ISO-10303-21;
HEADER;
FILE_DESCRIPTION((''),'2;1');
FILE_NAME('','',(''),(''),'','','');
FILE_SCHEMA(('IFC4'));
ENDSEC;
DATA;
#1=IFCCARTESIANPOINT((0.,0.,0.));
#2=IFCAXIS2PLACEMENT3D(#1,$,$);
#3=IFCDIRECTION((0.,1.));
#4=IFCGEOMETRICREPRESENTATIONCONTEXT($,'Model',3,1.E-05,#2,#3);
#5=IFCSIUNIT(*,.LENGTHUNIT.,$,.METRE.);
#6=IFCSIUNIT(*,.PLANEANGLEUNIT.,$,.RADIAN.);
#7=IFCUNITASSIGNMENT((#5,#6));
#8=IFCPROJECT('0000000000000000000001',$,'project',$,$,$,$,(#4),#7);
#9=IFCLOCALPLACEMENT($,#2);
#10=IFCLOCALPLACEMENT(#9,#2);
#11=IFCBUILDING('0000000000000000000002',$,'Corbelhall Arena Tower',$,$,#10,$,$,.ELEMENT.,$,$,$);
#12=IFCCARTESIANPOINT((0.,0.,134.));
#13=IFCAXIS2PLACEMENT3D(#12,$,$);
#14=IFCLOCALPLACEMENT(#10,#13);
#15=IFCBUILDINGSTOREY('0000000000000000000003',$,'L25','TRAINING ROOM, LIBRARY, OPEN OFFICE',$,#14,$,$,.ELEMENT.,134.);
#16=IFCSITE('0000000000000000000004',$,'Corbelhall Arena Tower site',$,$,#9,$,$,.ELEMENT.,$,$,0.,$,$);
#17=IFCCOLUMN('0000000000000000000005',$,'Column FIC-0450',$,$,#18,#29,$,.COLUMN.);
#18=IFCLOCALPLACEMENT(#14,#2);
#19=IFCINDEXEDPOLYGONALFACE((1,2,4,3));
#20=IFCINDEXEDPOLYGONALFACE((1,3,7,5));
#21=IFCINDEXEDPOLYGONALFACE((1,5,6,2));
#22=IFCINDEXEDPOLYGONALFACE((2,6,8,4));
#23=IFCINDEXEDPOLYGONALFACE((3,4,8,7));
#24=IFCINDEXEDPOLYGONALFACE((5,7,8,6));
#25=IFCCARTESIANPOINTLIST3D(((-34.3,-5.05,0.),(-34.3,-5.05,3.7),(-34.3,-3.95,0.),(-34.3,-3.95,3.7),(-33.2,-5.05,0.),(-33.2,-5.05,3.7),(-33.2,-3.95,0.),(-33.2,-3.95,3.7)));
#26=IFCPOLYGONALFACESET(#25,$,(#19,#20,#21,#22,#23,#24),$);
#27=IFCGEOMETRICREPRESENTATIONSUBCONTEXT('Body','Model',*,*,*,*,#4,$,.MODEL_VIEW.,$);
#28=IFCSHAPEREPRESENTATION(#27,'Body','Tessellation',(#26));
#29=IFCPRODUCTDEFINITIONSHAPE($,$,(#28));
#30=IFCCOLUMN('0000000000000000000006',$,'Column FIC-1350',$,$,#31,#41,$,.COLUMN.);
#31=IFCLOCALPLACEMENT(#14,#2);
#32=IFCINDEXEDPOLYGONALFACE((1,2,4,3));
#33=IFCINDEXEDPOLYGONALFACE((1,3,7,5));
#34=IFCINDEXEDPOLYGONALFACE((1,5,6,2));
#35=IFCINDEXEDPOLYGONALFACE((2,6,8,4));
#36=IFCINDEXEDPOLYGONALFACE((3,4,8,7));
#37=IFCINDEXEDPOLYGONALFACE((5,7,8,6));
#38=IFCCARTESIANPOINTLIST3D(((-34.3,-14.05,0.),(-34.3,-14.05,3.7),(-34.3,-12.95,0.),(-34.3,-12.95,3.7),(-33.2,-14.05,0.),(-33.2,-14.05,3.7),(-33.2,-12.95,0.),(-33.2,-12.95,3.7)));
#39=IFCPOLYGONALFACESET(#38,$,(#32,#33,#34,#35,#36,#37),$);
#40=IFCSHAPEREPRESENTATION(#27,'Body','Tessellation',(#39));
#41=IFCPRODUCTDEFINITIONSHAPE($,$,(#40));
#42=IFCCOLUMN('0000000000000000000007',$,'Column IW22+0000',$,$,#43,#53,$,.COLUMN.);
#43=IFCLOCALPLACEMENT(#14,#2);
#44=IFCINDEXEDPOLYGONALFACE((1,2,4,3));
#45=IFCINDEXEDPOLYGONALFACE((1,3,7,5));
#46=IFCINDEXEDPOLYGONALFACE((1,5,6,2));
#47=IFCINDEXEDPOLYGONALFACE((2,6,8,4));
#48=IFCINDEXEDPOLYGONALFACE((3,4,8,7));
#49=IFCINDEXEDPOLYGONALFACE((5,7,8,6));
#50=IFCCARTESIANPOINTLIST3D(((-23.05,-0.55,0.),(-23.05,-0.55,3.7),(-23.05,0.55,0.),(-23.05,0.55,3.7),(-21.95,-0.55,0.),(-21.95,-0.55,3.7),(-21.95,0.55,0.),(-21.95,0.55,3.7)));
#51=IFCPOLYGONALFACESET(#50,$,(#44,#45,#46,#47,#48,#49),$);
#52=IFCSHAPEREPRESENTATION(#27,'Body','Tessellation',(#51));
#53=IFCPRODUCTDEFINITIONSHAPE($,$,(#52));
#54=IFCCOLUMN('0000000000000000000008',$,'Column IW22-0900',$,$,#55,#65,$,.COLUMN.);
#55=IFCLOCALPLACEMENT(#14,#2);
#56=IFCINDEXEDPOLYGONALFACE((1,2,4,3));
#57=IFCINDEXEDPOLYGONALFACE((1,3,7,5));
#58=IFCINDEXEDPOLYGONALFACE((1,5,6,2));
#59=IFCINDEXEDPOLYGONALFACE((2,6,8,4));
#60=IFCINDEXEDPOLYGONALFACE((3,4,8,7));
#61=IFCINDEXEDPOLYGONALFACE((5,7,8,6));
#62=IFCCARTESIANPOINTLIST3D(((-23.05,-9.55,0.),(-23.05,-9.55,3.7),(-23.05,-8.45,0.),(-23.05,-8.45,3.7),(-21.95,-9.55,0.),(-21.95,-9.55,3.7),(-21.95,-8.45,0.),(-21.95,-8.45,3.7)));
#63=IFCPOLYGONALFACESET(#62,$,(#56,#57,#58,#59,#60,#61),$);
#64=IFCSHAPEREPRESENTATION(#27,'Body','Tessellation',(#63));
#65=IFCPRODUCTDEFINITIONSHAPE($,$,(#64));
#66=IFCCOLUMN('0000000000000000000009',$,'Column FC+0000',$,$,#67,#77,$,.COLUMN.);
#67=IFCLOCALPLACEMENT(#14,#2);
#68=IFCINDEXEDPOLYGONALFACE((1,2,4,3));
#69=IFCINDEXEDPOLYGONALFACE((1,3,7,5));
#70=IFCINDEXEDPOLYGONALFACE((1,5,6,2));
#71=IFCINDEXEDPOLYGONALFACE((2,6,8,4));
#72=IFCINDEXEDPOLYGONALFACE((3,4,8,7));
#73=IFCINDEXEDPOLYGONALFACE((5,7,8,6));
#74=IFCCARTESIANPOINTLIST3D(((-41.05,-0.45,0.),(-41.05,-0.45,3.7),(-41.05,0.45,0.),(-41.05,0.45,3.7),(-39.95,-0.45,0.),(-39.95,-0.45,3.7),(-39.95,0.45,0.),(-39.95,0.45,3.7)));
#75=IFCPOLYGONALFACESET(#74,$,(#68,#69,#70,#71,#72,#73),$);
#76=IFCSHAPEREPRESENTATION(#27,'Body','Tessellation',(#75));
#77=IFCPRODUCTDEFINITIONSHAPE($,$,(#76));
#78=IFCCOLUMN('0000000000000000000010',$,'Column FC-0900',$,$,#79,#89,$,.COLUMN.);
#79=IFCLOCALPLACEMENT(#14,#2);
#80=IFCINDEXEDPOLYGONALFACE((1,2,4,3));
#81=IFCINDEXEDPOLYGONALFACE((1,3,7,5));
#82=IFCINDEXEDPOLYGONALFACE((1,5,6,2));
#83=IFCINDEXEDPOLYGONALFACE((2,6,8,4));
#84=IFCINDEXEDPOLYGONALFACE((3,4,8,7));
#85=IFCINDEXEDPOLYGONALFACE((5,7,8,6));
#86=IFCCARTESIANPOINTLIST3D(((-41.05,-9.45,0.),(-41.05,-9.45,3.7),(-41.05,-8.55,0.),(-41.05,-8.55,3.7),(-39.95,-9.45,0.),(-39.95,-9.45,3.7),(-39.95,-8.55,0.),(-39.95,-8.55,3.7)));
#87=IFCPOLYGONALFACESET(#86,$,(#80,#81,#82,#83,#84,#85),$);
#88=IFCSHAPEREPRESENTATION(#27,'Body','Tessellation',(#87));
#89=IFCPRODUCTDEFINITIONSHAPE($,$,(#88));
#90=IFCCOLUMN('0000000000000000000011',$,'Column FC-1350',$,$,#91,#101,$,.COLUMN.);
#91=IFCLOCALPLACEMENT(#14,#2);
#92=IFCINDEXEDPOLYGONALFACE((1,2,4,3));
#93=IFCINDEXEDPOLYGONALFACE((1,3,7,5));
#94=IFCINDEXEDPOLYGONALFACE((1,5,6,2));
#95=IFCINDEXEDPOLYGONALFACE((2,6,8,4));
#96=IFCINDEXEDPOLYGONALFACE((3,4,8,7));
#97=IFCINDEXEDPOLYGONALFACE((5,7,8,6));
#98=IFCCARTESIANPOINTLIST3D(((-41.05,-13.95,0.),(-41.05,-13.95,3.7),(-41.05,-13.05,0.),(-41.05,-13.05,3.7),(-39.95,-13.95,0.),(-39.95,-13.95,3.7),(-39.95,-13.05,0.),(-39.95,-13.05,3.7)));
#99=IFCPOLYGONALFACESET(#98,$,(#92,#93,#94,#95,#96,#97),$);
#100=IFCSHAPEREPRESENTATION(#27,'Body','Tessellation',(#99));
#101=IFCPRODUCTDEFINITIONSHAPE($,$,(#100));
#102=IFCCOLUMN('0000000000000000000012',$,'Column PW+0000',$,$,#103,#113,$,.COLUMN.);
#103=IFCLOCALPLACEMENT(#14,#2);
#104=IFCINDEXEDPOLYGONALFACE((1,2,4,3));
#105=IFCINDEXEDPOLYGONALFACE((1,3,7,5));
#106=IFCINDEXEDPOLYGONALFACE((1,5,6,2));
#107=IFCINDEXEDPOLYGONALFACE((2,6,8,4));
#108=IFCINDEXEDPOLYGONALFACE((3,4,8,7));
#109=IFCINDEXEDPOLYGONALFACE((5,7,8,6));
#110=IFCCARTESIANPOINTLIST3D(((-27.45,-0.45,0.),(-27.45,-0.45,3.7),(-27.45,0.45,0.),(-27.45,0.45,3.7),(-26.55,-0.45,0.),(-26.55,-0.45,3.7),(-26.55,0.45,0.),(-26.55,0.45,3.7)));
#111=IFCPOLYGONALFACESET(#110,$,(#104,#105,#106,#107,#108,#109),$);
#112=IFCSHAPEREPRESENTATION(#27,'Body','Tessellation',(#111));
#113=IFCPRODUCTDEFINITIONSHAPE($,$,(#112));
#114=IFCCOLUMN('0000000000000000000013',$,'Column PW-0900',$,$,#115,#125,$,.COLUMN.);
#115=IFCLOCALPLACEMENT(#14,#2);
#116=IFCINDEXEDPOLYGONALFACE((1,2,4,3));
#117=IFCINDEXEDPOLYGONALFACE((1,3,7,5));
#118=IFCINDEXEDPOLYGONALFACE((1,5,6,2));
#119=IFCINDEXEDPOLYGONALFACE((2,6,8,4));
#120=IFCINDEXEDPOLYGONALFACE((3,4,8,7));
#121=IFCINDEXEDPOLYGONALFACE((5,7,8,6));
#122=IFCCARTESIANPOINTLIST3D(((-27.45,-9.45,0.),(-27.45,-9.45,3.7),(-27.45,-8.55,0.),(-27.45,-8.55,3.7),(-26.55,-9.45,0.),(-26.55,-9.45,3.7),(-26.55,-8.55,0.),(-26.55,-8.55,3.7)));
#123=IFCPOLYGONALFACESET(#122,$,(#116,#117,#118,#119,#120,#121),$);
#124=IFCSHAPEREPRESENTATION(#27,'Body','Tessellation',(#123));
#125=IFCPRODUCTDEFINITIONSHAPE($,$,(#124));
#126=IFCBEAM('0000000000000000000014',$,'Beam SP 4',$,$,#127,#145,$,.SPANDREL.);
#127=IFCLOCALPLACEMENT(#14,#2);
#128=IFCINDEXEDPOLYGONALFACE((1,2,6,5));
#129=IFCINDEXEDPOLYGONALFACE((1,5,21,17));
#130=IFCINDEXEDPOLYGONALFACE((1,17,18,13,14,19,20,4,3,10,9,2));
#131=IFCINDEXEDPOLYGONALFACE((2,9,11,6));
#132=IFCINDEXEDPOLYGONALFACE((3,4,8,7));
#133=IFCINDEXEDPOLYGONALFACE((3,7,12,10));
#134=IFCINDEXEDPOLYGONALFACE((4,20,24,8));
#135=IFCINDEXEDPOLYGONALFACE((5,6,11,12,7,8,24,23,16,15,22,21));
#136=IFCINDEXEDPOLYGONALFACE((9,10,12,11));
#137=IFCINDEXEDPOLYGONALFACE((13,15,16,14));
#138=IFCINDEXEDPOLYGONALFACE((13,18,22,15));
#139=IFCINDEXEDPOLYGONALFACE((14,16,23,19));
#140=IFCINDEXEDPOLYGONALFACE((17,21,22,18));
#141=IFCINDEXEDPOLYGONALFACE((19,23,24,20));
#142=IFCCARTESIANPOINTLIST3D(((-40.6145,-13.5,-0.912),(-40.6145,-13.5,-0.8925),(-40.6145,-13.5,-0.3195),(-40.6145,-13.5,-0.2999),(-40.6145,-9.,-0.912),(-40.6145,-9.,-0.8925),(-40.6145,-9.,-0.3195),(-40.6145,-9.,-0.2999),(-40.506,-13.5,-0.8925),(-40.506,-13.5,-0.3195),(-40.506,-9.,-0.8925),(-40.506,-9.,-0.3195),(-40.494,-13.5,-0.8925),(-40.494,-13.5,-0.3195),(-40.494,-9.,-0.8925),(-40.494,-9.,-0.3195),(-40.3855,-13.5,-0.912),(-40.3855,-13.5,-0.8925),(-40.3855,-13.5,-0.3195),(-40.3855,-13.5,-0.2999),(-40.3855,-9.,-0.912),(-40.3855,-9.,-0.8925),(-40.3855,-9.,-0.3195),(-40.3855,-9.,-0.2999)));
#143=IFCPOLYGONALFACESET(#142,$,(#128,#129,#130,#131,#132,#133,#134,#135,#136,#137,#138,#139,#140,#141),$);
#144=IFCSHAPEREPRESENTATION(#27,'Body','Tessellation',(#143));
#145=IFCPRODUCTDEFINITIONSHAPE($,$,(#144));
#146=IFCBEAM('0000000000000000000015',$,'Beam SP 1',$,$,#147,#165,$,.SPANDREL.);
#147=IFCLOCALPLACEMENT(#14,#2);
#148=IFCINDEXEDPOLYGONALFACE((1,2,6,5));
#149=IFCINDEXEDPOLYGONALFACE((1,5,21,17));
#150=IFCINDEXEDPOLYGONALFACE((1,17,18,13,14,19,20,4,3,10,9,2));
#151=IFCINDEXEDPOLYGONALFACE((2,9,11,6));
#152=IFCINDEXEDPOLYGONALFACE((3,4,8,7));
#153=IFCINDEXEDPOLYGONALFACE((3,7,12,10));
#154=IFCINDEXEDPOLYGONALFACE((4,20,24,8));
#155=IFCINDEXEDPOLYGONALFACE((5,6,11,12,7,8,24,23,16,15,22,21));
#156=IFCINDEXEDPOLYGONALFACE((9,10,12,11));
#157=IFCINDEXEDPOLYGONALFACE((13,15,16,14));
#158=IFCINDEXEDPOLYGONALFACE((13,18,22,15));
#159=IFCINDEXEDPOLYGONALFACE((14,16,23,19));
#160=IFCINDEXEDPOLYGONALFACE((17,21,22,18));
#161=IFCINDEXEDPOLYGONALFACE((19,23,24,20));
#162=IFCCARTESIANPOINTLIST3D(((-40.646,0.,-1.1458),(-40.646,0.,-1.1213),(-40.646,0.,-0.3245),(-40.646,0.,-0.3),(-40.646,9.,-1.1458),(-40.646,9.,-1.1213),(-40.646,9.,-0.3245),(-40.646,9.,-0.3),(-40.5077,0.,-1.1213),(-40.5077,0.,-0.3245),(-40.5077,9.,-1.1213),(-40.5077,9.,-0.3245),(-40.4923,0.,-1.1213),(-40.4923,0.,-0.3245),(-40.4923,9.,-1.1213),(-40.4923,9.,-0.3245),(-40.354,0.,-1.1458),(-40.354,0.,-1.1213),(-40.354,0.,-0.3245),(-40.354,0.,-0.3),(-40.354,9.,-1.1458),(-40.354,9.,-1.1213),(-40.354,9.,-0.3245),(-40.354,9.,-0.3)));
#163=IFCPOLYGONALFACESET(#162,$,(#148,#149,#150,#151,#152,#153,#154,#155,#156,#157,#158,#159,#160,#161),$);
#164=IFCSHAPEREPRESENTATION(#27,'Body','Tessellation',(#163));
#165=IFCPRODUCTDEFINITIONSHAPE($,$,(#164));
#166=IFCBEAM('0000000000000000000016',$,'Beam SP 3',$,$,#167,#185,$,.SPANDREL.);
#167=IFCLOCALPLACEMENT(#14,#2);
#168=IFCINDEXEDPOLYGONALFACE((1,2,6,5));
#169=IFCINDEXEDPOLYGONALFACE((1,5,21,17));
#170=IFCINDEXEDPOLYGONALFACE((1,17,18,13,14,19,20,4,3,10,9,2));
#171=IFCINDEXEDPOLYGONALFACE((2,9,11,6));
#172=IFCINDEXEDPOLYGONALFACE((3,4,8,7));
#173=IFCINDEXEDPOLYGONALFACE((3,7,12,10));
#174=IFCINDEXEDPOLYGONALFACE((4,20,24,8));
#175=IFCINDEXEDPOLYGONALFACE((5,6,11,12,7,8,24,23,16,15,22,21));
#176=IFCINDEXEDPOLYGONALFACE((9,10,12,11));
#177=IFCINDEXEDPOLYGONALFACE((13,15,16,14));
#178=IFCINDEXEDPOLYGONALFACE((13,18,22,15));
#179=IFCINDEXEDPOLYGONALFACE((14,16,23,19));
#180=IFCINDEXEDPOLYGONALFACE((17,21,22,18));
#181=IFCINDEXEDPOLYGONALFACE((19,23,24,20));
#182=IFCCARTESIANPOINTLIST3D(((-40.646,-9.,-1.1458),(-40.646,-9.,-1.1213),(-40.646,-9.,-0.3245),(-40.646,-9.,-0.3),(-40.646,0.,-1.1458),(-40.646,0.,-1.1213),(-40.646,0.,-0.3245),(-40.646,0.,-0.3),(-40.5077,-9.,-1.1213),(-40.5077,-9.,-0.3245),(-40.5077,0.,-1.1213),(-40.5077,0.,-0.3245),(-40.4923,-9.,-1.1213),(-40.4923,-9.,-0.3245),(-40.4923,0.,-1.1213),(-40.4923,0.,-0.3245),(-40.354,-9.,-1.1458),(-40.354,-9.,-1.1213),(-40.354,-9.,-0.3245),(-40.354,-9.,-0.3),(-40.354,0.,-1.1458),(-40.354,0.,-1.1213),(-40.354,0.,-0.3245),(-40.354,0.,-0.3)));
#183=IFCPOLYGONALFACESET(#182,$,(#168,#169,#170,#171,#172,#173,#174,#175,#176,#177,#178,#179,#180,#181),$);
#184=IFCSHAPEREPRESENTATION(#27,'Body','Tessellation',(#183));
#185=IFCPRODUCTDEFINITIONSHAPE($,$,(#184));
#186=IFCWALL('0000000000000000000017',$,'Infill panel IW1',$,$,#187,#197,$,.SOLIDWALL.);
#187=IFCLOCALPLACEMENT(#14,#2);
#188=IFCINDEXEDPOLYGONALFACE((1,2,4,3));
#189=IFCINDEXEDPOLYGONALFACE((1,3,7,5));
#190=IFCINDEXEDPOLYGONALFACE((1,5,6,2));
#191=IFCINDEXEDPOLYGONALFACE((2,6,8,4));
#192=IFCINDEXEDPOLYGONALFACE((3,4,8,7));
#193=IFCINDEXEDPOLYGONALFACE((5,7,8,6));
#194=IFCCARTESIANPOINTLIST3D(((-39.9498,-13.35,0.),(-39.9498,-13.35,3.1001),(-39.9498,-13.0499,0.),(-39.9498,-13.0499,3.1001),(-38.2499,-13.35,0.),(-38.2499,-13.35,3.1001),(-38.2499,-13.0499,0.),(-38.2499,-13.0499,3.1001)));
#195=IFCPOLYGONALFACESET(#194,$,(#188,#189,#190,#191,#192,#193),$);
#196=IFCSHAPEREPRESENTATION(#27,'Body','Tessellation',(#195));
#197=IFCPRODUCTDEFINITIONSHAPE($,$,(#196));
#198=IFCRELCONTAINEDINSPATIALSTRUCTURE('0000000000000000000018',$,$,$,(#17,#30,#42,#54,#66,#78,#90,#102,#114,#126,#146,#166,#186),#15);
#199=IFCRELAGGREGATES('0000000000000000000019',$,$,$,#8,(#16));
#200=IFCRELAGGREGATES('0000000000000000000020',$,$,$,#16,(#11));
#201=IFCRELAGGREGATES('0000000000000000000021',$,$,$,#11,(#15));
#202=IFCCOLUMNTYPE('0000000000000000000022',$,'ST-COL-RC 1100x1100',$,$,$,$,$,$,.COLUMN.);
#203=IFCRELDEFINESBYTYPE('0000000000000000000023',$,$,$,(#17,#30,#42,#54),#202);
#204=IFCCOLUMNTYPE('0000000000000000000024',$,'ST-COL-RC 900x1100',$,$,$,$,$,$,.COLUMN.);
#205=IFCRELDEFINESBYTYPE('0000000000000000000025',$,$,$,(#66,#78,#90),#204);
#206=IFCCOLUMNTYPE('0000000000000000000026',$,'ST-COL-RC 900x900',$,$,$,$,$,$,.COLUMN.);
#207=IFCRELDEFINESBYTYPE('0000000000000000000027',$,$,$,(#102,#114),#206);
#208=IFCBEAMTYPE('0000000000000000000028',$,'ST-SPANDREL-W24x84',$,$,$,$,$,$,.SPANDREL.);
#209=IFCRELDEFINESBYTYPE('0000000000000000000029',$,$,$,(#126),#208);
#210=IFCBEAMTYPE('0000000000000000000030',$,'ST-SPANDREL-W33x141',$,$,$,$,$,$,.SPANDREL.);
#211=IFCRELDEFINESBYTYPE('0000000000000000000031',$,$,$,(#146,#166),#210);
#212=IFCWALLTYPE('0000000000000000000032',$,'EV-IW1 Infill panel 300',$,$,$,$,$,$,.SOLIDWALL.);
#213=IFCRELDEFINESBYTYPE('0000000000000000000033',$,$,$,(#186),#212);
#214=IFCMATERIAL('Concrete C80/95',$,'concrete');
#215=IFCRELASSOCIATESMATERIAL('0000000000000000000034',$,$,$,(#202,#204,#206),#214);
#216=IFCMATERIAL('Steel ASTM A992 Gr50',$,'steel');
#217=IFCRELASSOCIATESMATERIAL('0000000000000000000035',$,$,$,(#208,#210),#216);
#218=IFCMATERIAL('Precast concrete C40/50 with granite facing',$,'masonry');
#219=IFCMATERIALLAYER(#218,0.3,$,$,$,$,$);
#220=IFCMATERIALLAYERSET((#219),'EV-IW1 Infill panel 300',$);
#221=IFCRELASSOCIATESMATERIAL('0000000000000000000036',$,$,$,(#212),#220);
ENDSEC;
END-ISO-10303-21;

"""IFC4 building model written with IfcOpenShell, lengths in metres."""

from ifc_helpers import new_model, si_unit, direction, frame, frame_2d, origin, origin_2d, place, context, subcontext, project, spatial, rectangle, i_section, extrude, material, layer, layer_set, material_profile, profile_set, type_object, element, save


model = new_model("IFC4")

# Units and contexts
model_context = context("Model", 3, precision=1e-05, world=origin(), true_north=direction((0.0, 1.0)))
body_context = subcontext(model_context, "Body", "Model", "MODEL_VIEW")
ifc_project = project(units=[si_unit("LENGTHUNIT", "METRE"), si_unit("PLANEANGLEUNIT", "RADIAN")], contexts=[model_context])

# Site, building, storey
site_placement = place(None, origin())
site = spatial("IfcSite", under=ifc_project, at=site_placement, Name="Corbelhall Arena Tower site", CompositionType="ELEMENT", RefElevation=0.0)
building_placement = place(site_placement, origin())
building = spatial("IfcBuilding", under=site, at=building_placement, Name="Corbelhall Arena Tower", CompositionType="ELEMENT")
storey_placement = place(building_placement, frame((0.0, 0.0, 134.0)))
storey = spatial("IfcBuildingStorey", under=building, at=storey_placement, Name="L25", Description="TRAINING ROOM, LIBRARY, OPEN OFFICE", CompositionType="ELEMENT", Elevation=134.0)

# Columns
ifc_material_1 = material(Name="Concrete C80/95", Category="concrete")
ifc_material_profile_1 = material_profile(ifc_material_1, rectangle(XDim=1.1001, YDim=1.1001, at=origin_2d()))
ifc_profile_set_1 = profile_set([ifc_material_profile_1], Name="Concrete C80/95")
column_type_1 = type_object("IfcColumnType", Name="ST-COL-RC 1100x1100", PredefinedType="COLUMN", material=ifc_profile_set_1)
for number, where, z_axis, x_axis, name in (
    (1, (-33.75, -4.5, 0.0), (0.0, 0.0, 1.0), (1.0, 0.0, 0.0), "Column FIC-0450"),
    (2, (-33.75, -13.5, 0.0), (0.0, 0.0, 1.0), (1.0, 0.0, 0.0), "Column FIC-1350"),
    (3, (-22.5, 0.0, 0.0), (0.0, 0.0, 1.0), (1.0, 0.0, 0.0), "Column IW22+0000"),
    (4, (-22.5, -9.0, 0.0), (0.0, 0.0, 1.0), (1.0, 0.0, 0.0), "Column IW22-0900"),
):
    element("IfcColumn", number, at=place(storey_placement, frame(where, z_axis=z_axis, x_axis=x_axis)), inside=storey, type_object=column_type_1, Name=name, PredefinedType="COLUMN", context=body_context, shape_type="SweptSolid", body=[
        extrude(rectangle(XDim=1.1001, YDim=1.1001, at=origin_2d()), origin(), (0.0, 0.0, 1.0), 3.7),
    ])
ifc_material_profile_2 = material_profile(ifc_material_1, rectangle(XDim=0.8999, YDim=1.1001, at=origin_2d()))
ifc_profile_set_2 = profile_set([ifc_material_profile_2], Name="Concrete C80/95")
column_type_2 = type_object("IfcColumnType", Name="ST-COL-RC 900x1100", PredefinedType="COLUMN", material=ifc_profile_set_2)
for number, where, z_axis, x_axis, name in (
    (5, (-40.5, 0.0, 0.0), (0.0, 0.0, 1.0), (0.0, 1.0, 0.0), "Column FC+0000"),
    (6, (-40.5, -9.0, 0.0), (0.0, 0.0, 1.0), (0.0, 1.0, 0.0), "Column FC-0900"),
    (7, (-40.5, -13.5, 0.0), (0.0, 0.0, 1.0), (0.0, 1.0, 0.0), "Column FC-1350"),
):
    element("IfcColumn", number, at=place(storey_placement, frame(where, z_axis=z_axis, x_axis=x_axis)), inside=storey, type_object=column_type_2, Name=name, PredefinedType="COLUMN", context=body_context, shape_type="SweptSolid", body=[
        extrude(rectangle(XDim=0.8999, YDim=1.1001, at=origin_2d()), origin(), (0.0, 0.0, 1.0), 3.7),
    ])
ifc_material_profile_3 = material_profile(ifc_material_1, rectangle(XDim=0.8999, YDim=0.8999, at=origin_2d()))
ifc_profile_set_3 = profile_set([ifc_material_profile_3], Name="Concrete C80/95")
column_type_3 = type_object("IfcColumnType", Name="ST-COL-RC 900x900", PredefinedType="COLUMN", material=ifc_profile_set_3)
for number, where, z_axis, x_axis, name in (
    (8, (-27.0, 0.0, 0.0), (0.0, 0.0, 1.0), (1.0, 0.0, 0.0), "Column PW+0000"),
    (9, (-27.0, -9.0, 0.0), (0.0, 0.0, 1.0), (1.0, 0.0, 0.0), "Column PW-0900"),
):
    element("IfcColumn", number, at=place(storey_placement, frame(where, z_axis=z_axis, x_axis=x_axis)), inside=storey, type_object=column_type_3, Name=name, PredefinedType="COLUMN", context=body_context, shape_type="SweptSolid", body=[
        extrude(rectangle(XDim=0.8999, YDim=0.8999, at=origin_2d()), origin(), (0.0, 0.0, 1.0), 3.7),
    ])

# Beams
ifc_material_2 = material(Name="Steel ASTM A992 Gr50", Category="steel")
ifc_material_profile_4 = material_profile(ifc_material_2, i_section(OverallWidth=0.229, OverallDepth=0.6121, WebThickness=0.012, FlangeThickness=0.0195, at=origin_2d()))
ifc_profile_set_4 = profile_set([ifc_material_profile_4], Name="Steel ASTM A992 Gr50")
beam_type_1 = type_object("IfcBeamType", Name="ST-SPANDREL-W24x84", PredefinedType="SPANDREL", material=ifc_profile_set_4)
beam_placement = place(storey_placement, frame((-40.5, -13.5, -0.606), z_axis=(0.0, 1.0, 0.0), x_axis=(-1.0, 0.0, 0.0)))
element("IfcBeam", 10, at=beam_placement, inside=storey, type_object=beam_type_1, Name="Beam SP 4", PredefinedType="SPANDREL", context=body_context, shape_type="SweptSolid", body=[
    extrude(i_section(OverallWidth=0.229, OverallDepth=0.6121, WebThickness=0.012, FlangeThickness=0.0195, at=origin_2d()), origin(), (0.0, 0.0, 1.0), 4.5),
])
ifc_material_profile_5 = material_profile(ifc_material_2, i_section(OverallWidth=0.292, OverallDepth=0.8457, WebThickness=0.0154, FlangeThickness=0.0244, at=origin_2d()))
ifc_profile_set_5 = profile_set([ifc_material_profile_5], Name="Steel ASTM A992 Gr50")
beam_type_2 = type_object("IfcBeamType", Name="ST-SPANDREL-W33x141", PredefinedType="SPANDREL", material=ifc_profile_set_5)
for number, where, z_axis, x_axis, name in (
    (11, (-40.5, 0.0, -0.7229), (0.0, 1.0, 0.0), (-1.0, 0.0, 0.0), "Beam SP 1"),
    (12, (-40.5, -9.0, -0.7229), (0.0, 1.0, 0.0), (-1.0, 0.0, 0.0), "Beam SP 3"),
):
    element("IfcBeam", number, at=place(storey_placement, frame(where, z_axis=z_axis, x_axis=x_axis)), inside=storey, type_object=beam_type_2, Name=name, PredefinedType="SPANDREL", context=body_context, shape_type="SweptSolid", body=[
        extrude(i_section(OverallWidth=0.292, OverallDepth=0.8457, WebThickness=0.0154, FlangeThickness=0.0244, at=origin_2d()), origin(), (0.0, 0.0, 1.0), 9.0),
    ])

# Wall
ifc_material_3 = material(Name="Precast concrete C40/50 with granite facing", Category="masonry")
ifc_layer_1 = layer(ifc_material_3, 0.3)
ifc_layer_set_1 = layer_set([ifc_layer_1], Name="EV-IW1 Infill panel 300")
wall_type_1 = type_object("IfcWallType", Name="EV-IW1 Infill panel 300", PredefinedType="SOLIDWALL", material=ifc_layer_set_1)
wall_1_placement = place(storey_placement, frame((-39.95, -13.2, 0.0), z_axis=(0.0, 0.0, 1.0), x_axis=(1.0, 0.0, 0.0)))
element("IfcWall", 13, at=wall_1_placement, inside=storey, type_object=wall_type_1, Name="Infill panel IW1", PredefinedType="SOLIDWALL", context=body_context, shape_type="SweptSolid", body=[
    extrude(rectangle(XDim=1.7, YDim=0.3, at=frame_2d((0.8501, 0.0))), origin(), (0.0, 0.0, 1.0), 3.1001),
])

save(model, "model.ifc")
